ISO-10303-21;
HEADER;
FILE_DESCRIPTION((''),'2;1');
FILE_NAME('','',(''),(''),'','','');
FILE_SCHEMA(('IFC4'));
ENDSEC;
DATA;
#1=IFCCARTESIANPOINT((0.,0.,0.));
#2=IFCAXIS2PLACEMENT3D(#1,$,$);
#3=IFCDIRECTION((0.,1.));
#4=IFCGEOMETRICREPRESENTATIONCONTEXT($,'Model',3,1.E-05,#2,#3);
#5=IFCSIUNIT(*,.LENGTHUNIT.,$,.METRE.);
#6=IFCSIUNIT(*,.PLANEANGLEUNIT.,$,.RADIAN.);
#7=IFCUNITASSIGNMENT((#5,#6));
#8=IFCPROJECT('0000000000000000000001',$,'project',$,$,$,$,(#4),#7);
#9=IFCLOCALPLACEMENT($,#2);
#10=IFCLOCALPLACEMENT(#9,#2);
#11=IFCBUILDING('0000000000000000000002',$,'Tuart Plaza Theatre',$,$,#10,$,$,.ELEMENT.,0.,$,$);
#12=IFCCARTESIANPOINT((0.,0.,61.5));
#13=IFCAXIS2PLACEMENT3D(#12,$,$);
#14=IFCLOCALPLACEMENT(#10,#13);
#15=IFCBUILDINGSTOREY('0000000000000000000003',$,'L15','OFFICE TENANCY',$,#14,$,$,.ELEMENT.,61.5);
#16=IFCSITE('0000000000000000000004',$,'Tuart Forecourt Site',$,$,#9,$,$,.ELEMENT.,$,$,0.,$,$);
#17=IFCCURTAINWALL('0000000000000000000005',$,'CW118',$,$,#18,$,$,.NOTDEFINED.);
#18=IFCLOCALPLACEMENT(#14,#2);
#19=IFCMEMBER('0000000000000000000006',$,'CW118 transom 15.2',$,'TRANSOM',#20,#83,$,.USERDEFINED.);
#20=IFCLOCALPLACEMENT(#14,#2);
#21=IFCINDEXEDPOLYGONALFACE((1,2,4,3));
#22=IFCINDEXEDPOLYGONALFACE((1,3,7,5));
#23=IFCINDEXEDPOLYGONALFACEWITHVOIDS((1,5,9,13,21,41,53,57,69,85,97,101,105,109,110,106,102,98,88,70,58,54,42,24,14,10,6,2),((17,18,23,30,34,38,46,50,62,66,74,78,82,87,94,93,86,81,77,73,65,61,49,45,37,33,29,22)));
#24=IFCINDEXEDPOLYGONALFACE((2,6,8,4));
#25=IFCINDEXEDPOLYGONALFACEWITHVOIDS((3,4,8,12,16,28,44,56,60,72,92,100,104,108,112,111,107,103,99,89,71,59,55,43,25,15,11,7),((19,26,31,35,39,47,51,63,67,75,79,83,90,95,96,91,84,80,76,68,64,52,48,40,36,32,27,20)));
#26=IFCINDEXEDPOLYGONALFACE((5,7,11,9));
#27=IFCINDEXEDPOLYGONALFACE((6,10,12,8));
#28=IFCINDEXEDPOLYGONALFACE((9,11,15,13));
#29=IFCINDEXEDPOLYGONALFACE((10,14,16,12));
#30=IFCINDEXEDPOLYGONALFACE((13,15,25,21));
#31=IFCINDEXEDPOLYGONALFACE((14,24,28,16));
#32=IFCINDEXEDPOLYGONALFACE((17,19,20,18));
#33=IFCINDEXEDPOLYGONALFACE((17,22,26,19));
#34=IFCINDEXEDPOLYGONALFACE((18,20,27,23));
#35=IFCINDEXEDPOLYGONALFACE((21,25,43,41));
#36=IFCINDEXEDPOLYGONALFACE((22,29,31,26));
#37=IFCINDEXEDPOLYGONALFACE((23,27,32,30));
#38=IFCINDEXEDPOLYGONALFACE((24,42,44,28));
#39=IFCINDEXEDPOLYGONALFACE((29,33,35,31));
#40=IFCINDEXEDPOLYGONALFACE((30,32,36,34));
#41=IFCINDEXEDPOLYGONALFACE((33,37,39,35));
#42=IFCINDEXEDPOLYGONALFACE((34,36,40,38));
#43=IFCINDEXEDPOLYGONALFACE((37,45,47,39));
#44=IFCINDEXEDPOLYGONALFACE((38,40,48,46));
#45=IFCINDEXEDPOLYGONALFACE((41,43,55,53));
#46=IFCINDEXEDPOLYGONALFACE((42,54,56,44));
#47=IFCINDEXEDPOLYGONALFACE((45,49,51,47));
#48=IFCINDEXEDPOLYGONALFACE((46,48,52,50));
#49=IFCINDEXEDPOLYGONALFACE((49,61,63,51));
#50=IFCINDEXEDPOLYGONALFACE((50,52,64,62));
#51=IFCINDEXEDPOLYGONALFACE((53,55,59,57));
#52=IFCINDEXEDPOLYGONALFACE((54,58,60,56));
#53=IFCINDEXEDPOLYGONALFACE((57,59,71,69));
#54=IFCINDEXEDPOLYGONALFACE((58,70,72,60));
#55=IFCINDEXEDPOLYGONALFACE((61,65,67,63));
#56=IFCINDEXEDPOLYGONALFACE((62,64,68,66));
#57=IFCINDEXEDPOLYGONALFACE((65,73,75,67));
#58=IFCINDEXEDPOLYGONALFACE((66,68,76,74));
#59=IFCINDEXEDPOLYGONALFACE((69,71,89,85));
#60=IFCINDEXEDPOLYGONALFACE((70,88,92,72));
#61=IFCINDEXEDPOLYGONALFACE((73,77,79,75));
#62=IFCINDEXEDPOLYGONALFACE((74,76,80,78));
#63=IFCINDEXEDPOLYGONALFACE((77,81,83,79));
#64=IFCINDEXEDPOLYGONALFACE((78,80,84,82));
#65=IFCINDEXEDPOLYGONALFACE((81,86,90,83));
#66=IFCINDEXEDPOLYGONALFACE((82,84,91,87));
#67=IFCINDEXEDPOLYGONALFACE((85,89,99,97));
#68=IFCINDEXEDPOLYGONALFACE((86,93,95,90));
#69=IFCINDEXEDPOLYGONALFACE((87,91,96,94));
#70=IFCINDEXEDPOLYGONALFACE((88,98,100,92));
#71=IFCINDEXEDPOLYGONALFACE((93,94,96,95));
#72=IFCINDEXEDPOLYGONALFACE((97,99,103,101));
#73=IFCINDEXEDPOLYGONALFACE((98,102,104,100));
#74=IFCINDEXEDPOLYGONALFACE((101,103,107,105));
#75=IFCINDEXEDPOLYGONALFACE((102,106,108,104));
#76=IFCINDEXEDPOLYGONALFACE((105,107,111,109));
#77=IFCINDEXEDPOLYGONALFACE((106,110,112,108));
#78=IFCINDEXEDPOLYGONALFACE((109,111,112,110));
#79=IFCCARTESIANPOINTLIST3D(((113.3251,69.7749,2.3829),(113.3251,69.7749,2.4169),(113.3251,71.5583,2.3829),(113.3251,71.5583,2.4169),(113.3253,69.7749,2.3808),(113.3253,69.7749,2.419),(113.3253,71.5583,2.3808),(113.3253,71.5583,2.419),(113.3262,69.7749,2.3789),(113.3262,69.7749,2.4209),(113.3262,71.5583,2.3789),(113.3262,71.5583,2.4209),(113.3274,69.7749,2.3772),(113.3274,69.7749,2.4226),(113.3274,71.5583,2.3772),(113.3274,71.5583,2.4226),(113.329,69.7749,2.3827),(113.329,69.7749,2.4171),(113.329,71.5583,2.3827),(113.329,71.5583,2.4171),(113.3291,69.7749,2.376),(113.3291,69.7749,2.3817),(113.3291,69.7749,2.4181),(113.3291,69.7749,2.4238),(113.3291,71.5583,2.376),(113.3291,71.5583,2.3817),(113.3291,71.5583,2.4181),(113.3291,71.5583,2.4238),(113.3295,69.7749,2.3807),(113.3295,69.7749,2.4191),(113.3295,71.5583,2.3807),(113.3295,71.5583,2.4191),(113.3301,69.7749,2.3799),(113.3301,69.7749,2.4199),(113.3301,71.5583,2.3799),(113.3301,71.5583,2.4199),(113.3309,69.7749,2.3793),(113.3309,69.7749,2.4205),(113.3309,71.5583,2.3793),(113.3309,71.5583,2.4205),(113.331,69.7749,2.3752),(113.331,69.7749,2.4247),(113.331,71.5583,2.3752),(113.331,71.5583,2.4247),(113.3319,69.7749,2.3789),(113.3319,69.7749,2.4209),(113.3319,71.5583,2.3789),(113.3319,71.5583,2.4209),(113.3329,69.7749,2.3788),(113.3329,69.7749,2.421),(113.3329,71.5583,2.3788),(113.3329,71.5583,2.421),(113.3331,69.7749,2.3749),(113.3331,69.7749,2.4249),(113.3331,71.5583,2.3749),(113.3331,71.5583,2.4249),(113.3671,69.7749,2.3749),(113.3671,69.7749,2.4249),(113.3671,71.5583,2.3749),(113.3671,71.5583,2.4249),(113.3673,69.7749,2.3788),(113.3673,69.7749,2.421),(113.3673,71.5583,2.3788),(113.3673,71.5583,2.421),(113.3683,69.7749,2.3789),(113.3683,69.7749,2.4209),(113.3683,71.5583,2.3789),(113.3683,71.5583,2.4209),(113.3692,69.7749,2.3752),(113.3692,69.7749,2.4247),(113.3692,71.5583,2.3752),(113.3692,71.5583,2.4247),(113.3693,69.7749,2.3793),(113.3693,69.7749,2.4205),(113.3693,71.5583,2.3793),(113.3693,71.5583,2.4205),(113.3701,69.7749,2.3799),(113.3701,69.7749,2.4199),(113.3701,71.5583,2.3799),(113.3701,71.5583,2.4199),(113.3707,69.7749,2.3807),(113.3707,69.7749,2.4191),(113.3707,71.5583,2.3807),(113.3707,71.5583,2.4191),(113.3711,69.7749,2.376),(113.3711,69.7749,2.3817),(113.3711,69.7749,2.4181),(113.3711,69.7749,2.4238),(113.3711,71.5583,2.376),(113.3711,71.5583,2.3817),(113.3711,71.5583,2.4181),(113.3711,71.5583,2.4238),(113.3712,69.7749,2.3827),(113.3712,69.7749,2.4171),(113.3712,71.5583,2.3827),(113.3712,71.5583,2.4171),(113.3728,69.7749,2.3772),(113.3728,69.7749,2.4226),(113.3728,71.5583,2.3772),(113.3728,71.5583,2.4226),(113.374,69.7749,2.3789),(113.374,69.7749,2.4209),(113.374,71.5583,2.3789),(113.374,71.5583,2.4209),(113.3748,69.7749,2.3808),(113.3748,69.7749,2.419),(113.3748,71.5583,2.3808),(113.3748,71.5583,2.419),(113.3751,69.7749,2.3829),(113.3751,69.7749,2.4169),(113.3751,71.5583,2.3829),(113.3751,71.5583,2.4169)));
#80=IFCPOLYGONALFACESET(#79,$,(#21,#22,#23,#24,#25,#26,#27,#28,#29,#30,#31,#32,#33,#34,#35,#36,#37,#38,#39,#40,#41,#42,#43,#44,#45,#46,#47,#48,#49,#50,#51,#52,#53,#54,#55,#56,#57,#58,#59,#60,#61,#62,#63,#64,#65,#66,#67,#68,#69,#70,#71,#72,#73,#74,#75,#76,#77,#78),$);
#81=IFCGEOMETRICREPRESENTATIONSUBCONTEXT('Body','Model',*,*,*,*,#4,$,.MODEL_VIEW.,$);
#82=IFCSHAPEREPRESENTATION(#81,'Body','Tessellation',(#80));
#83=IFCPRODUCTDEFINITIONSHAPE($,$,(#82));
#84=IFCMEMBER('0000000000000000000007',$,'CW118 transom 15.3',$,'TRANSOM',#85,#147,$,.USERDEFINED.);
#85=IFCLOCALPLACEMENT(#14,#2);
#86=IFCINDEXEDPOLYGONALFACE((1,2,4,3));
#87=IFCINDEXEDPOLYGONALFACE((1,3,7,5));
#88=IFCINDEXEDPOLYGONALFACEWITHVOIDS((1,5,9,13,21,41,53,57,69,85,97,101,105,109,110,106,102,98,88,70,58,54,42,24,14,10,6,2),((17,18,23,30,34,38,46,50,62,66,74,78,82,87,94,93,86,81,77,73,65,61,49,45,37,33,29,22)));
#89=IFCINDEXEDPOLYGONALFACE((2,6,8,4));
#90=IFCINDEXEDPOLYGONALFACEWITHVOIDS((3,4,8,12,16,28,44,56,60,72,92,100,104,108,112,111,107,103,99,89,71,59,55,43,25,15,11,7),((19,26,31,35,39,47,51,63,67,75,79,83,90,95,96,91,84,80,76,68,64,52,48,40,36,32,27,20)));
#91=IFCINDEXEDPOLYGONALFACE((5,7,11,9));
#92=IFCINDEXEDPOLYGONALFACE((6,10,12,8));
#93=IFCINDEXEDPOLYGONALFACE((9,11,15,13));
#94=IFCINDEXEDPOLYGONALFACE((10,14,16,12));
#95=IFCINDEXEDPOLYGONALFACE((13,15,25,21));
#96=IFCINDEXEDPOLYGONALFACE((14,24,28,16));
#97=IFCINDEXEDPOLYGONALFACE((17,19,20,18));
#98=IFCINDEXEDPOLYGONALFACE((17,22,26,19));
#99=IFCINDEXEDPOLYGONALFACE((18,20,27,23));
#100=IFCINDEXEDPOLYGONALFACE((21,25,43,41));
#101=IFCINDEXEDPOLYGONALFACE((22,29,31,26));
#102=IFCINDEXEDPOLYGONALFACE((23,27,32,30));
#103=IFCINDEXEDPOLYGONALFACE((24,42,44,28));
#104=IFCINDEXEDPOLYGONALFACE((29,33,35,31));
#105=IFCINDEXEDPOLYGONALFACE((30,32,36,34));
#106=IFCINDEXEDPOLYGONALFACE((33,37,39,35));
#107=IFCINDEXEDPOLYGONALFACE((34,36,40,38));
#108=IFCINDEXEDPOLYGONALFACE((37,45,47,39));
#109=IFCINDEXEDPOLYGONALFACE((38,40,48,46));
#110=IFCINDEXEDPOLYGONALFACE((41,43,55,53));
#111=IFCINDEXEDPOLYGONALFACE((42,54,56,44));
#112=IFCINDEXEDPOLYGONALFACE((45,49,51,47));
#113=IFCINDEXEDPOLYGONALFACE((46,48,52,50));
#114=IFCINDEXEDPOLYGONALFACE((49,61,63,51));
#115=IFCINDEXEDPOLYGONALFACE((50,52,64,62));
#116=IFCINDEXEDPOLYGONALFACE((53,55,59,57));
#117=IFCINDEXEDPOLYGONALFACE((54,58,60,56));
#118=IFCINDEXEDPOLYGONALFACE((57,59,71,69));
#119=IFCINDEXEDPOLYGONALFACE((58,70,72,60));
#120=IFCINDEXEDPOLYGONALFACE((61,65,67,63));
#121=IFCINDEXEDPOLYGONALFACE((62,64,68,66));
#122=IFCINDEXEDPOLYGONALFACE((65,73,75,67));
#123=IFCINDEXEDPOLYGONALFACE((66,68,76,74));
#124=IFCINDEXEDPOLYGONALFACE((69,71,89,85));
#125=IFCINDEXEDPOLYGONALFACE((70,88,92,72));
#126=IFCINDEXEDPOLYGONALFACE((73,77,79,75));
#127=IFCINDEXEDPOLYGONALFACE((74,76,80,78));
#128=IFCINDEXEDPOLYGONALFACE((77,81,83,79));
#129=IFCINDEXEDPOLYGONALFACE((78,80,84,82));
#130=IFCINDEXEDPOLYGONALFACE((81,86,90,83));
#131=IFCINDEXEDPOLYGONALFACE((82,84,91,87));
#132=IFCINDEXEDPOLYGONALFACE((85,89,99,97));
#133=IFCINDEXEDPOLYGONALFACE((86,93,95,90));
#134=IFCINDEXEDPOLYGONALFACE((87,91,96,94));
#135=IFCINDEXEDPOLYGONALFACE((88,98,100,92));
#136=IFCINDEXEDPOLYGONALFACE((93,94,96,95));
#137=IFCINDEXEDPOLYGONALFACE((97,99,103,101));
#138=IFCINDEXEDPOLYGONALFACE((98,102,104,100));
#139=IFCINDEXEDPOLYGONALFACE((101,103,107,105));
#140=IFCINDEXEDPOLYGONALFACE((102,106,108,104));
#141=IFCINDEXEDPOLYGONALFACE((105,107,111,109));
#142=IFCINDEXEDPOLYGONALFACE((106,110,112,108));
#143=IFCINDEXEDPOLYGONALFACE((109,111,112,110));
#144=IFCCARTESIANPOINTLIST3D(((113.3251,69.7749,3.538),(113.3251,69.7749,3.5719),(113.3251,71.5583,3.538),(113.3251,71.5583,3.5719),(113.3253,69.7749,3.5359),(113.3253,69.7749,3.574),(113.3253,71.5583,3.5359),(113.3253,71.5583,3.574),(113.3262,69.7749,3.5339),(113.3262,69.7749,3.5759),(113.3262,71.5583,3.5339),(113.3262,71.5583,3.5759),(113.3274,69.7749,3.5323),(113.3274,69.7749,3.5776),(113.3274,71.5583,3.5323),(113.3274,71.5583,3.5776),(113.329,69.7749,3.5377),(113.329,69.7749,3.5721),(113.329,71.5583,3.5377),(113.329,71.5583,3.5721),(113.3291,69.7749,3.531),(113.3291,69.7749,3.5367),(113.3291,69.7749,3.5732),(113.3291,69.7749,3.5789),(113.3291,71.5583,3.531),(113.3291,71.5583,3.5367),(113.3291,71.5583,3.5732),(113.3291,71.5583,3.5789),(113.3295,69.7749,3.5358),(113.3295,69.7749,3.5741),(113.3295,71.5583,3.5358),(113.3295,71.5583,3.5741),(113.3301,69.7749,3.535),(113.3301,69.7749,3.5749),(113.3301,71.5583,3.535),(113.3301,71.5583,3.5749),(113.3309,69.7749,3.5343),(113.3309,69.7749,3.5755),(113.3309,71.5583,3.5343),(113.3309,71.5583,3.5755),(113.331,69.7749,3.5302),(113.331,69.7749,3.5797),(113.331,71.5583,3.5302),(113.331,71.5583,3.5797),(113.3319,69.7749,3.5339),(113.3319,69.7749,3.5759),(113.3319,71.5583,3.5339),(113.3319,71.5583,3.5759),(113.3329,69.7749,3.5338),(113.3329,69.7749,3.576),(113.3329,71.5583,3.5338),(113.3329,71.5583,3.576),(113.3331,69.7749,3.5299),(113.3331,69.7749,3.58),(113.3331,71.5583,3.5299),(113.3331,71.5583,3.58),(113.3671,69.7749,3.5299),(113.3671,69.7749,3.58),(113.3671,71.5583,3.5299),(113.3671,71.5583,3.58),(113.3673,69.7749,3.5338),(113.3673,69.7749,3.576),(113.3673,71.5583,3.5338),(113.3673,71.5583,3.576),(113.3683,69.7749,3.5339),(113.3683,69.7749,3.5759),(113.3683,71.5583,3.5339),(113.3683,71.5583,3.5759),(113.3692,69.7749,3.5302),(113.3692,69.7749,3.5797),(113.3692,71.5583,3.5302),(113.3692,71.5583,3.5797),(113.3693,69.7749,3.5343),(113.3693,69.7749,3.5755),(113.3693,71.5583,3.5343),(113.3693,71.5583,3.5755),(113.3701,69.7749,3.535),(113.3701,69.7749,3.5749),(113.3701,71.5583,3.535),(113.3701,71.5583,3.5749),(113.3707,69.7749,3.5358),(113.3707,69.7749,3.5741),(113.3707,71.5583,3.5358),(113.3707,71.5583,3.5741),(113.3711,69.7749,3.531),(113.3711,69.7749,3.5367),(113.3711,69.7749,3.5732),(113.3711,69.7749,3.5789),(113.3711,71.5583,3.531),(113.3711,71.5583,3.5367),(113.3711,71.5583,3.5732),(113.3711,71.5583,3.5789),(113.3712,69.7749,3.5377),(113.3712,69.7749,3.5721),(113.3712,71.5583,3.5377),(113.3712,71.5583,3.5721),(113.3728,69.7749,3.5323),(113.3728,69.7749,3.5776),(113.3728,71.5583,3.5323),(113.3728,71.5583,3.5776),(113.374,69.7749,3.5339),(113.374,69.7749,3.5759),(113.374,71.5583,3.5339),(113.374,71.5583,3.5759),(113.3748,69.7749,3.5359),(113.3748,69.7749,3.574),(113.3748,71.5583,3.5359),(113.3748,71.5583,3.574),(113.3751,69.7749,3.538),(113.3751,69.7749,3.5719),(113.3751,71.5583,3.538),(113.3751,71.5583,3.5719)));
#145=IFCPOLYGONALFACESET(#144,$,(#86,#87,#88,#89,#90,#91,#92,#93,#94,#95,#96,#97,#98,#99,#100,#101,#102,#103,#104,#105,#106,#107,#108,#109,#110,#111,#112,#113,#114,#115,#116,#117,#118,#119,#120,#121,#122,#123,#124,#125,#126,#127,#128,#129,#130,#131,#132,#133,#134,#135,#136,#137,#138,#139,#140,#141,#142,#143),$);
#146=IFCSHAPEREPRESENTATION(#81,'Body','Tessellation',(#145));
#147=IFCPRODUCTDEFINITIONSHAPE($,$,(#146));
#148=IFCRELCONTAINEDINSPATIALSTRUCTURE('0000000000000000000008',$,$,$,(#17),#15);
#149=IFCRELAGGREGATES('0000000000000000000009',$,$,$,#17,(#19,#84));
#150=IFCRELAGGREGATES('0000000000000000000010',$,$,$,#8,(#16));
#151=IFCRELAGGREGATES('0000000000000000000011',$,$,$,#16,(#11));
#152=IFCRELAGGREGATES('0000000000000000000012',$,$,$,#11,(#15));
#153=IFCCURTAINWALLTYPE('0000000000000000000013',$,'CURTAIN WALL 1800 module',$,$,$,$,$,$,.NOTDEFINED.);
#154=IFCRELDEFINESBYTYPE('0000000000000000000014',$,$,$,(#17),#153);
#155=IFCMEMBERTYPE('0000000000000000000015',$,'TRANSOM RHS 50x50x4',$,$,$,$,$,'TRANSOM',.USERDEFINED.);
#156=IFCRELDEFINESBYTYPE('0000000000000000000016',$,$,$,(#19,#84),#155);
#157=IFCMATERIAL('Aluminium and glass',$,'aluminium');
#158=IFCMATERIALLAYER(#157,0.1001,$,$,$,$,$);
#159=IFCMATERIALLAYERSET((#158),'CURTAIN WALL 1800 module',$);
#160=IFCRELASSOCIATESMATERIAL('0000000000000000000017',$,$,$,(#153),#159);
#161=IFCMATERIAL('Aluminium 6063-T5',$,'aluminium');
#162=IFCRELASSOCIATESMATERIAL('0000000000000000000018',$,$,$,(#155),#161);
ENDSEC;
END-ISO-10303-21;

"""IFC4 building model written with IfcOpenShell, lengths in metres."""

from ifc_helpers import new_model, si_unit, direction, frame, origin, origin_2d, place, context, subcontext, project, spatial, hollow_rectangle, extrude, material, layer, layer_set, material_profile, profile_set, type_object, element, aggregate, save


model = new_model("IFC4")

# Units and contexts
model_context = context("Model", 3, precision=1e-05, world=origin(), true_north=direction((0.0, 1.0)))
body_context = subcontext(model_context, "Body", "Model", "MODEL_VIEW")
ifc_project = project(units=[si_unit("LENGTHUNIT", "METRE"), si_unit("PLANEANGLEUNIT", "RADIAN")], contexts=[model_context])

# Site, building, storey
site_placement = place(None, origin())
site = spatial("IfcSite", under=ifc_project, at=site_placement, Name="Tuart Forecourt Site", CompositionType="ELEMENT", RefElevation=0.0)
building_placement = place(site_placement, origin())
building = spatial("IfcBuilding", under=site, at=building_placement, Name="Tuart Plaza Theatre", CompositionType="ELEMENT", ElevationOfRefHeight=0.0)
storey_placement = place(building_placement, frame((0.0, 0.0, 61.5)))
storey = spatial("IfcBuildingStorey", under=building, at=storey_placement, Name="L15", Description="OFFICE TENANCY", CompositionType="ELEMENT", Elevation=61.5)

# Curtain wall, members
ifc_material_1 = material(Name="Aluminium and glass", Category="aluminium")
ifc_layer_1 = layer(ifc_material_1, 0.1001)
ifc_layer_set_1 = layer_set([ifc_layer_1], Name="CURTAIN WALL 1800 module")
curtain_wall_type = type_object("IfcCurtainWallType", Name="CURTAIN WALL 1800 module", PredefinedType="NOTDEFINED", material=ifc_layer_set_1)
curtain_wall_placement = place(storey_placement, origin())
curtain_wall = element("IfcCurtainWall", 1, at=curtain_wall_placement, inside=storey, type_object=curtain_wall_type, Name="CW118", PredefinedType="NOTDEFINED")
ifc_material_2 = material(Name="Aluminium 6063-T5", Category="aluminium")
ifc_material_profile = material_profile(ifc_material_2, hollow_rectangle(XDim=0.05, YDim=0.05, WallThickness=0.0039, InnerFilletRadius=0.0039, OuterFilletRadius=0.0081, at=origin_2d()), Name="RHS 50x50x4")
ifc_profile_set = profile_set([ifc_material_profile], Name="Aluminium 6063-T5")
member_type = type_object("IfcMemberType", Name="TRANSOM RHS 50x50x4", ElementType="TRANSOM", PredefinedType="USERDEFINED", material=ifc_profile_set)
member_1_placement = place(storey_placement, frame((113.3501, 71.5583, 2.3999), z_axis=(0.0, -1.0, 0.0), x_axis=(1.0, 0.0, 0.0)))
member_1 = element("IfcMember", 2, at=member_1_placement, type_object=member_type, Name="CW118 transom 15.2", ObjectType="TRANSOM", PredefinedType="USERDEFINED", context=body_context, shape_type="SweptSolid", body=[
    extrude(hollow_rectangle(XDim=0.05, YDim=0.05, WallThickness=0.0039, InnerFilletRadius=0.0039, OuterFilletRadius=0.0081, at=origin_2d()), origin(), (0.0, 0.0, 1.0), 1.7834),
])
member_2_placement = place(storey_placement, frame((113.3501, 71.5583, 3.5549), z_axis=(0.0, -1.0, 0.0), x_axis=(1.0, 0.0, 0.0)))
member_2 = element("IfcMember", 3, at=member_2_placement, type_object=member_type, Name="CW118 transom 15.3", ObjectType="TRANSOM", PredefinedType="USERDEFINED", context=body_context, shape_type="SweptSolid", body=[
    extrude(hollow_rectangle(XDim=0.05, YDim=0.05, WallThickness=0.0039, InnerFilletRadius=0.0039, OuterFilletRadius=0.0081, at=origin_2d()), origin(), (0.0, 0.0, 1.0), 1.7834),
])
aggregate(curtain_wall, [member_1, member_2])

save(model, "model.ifc")
